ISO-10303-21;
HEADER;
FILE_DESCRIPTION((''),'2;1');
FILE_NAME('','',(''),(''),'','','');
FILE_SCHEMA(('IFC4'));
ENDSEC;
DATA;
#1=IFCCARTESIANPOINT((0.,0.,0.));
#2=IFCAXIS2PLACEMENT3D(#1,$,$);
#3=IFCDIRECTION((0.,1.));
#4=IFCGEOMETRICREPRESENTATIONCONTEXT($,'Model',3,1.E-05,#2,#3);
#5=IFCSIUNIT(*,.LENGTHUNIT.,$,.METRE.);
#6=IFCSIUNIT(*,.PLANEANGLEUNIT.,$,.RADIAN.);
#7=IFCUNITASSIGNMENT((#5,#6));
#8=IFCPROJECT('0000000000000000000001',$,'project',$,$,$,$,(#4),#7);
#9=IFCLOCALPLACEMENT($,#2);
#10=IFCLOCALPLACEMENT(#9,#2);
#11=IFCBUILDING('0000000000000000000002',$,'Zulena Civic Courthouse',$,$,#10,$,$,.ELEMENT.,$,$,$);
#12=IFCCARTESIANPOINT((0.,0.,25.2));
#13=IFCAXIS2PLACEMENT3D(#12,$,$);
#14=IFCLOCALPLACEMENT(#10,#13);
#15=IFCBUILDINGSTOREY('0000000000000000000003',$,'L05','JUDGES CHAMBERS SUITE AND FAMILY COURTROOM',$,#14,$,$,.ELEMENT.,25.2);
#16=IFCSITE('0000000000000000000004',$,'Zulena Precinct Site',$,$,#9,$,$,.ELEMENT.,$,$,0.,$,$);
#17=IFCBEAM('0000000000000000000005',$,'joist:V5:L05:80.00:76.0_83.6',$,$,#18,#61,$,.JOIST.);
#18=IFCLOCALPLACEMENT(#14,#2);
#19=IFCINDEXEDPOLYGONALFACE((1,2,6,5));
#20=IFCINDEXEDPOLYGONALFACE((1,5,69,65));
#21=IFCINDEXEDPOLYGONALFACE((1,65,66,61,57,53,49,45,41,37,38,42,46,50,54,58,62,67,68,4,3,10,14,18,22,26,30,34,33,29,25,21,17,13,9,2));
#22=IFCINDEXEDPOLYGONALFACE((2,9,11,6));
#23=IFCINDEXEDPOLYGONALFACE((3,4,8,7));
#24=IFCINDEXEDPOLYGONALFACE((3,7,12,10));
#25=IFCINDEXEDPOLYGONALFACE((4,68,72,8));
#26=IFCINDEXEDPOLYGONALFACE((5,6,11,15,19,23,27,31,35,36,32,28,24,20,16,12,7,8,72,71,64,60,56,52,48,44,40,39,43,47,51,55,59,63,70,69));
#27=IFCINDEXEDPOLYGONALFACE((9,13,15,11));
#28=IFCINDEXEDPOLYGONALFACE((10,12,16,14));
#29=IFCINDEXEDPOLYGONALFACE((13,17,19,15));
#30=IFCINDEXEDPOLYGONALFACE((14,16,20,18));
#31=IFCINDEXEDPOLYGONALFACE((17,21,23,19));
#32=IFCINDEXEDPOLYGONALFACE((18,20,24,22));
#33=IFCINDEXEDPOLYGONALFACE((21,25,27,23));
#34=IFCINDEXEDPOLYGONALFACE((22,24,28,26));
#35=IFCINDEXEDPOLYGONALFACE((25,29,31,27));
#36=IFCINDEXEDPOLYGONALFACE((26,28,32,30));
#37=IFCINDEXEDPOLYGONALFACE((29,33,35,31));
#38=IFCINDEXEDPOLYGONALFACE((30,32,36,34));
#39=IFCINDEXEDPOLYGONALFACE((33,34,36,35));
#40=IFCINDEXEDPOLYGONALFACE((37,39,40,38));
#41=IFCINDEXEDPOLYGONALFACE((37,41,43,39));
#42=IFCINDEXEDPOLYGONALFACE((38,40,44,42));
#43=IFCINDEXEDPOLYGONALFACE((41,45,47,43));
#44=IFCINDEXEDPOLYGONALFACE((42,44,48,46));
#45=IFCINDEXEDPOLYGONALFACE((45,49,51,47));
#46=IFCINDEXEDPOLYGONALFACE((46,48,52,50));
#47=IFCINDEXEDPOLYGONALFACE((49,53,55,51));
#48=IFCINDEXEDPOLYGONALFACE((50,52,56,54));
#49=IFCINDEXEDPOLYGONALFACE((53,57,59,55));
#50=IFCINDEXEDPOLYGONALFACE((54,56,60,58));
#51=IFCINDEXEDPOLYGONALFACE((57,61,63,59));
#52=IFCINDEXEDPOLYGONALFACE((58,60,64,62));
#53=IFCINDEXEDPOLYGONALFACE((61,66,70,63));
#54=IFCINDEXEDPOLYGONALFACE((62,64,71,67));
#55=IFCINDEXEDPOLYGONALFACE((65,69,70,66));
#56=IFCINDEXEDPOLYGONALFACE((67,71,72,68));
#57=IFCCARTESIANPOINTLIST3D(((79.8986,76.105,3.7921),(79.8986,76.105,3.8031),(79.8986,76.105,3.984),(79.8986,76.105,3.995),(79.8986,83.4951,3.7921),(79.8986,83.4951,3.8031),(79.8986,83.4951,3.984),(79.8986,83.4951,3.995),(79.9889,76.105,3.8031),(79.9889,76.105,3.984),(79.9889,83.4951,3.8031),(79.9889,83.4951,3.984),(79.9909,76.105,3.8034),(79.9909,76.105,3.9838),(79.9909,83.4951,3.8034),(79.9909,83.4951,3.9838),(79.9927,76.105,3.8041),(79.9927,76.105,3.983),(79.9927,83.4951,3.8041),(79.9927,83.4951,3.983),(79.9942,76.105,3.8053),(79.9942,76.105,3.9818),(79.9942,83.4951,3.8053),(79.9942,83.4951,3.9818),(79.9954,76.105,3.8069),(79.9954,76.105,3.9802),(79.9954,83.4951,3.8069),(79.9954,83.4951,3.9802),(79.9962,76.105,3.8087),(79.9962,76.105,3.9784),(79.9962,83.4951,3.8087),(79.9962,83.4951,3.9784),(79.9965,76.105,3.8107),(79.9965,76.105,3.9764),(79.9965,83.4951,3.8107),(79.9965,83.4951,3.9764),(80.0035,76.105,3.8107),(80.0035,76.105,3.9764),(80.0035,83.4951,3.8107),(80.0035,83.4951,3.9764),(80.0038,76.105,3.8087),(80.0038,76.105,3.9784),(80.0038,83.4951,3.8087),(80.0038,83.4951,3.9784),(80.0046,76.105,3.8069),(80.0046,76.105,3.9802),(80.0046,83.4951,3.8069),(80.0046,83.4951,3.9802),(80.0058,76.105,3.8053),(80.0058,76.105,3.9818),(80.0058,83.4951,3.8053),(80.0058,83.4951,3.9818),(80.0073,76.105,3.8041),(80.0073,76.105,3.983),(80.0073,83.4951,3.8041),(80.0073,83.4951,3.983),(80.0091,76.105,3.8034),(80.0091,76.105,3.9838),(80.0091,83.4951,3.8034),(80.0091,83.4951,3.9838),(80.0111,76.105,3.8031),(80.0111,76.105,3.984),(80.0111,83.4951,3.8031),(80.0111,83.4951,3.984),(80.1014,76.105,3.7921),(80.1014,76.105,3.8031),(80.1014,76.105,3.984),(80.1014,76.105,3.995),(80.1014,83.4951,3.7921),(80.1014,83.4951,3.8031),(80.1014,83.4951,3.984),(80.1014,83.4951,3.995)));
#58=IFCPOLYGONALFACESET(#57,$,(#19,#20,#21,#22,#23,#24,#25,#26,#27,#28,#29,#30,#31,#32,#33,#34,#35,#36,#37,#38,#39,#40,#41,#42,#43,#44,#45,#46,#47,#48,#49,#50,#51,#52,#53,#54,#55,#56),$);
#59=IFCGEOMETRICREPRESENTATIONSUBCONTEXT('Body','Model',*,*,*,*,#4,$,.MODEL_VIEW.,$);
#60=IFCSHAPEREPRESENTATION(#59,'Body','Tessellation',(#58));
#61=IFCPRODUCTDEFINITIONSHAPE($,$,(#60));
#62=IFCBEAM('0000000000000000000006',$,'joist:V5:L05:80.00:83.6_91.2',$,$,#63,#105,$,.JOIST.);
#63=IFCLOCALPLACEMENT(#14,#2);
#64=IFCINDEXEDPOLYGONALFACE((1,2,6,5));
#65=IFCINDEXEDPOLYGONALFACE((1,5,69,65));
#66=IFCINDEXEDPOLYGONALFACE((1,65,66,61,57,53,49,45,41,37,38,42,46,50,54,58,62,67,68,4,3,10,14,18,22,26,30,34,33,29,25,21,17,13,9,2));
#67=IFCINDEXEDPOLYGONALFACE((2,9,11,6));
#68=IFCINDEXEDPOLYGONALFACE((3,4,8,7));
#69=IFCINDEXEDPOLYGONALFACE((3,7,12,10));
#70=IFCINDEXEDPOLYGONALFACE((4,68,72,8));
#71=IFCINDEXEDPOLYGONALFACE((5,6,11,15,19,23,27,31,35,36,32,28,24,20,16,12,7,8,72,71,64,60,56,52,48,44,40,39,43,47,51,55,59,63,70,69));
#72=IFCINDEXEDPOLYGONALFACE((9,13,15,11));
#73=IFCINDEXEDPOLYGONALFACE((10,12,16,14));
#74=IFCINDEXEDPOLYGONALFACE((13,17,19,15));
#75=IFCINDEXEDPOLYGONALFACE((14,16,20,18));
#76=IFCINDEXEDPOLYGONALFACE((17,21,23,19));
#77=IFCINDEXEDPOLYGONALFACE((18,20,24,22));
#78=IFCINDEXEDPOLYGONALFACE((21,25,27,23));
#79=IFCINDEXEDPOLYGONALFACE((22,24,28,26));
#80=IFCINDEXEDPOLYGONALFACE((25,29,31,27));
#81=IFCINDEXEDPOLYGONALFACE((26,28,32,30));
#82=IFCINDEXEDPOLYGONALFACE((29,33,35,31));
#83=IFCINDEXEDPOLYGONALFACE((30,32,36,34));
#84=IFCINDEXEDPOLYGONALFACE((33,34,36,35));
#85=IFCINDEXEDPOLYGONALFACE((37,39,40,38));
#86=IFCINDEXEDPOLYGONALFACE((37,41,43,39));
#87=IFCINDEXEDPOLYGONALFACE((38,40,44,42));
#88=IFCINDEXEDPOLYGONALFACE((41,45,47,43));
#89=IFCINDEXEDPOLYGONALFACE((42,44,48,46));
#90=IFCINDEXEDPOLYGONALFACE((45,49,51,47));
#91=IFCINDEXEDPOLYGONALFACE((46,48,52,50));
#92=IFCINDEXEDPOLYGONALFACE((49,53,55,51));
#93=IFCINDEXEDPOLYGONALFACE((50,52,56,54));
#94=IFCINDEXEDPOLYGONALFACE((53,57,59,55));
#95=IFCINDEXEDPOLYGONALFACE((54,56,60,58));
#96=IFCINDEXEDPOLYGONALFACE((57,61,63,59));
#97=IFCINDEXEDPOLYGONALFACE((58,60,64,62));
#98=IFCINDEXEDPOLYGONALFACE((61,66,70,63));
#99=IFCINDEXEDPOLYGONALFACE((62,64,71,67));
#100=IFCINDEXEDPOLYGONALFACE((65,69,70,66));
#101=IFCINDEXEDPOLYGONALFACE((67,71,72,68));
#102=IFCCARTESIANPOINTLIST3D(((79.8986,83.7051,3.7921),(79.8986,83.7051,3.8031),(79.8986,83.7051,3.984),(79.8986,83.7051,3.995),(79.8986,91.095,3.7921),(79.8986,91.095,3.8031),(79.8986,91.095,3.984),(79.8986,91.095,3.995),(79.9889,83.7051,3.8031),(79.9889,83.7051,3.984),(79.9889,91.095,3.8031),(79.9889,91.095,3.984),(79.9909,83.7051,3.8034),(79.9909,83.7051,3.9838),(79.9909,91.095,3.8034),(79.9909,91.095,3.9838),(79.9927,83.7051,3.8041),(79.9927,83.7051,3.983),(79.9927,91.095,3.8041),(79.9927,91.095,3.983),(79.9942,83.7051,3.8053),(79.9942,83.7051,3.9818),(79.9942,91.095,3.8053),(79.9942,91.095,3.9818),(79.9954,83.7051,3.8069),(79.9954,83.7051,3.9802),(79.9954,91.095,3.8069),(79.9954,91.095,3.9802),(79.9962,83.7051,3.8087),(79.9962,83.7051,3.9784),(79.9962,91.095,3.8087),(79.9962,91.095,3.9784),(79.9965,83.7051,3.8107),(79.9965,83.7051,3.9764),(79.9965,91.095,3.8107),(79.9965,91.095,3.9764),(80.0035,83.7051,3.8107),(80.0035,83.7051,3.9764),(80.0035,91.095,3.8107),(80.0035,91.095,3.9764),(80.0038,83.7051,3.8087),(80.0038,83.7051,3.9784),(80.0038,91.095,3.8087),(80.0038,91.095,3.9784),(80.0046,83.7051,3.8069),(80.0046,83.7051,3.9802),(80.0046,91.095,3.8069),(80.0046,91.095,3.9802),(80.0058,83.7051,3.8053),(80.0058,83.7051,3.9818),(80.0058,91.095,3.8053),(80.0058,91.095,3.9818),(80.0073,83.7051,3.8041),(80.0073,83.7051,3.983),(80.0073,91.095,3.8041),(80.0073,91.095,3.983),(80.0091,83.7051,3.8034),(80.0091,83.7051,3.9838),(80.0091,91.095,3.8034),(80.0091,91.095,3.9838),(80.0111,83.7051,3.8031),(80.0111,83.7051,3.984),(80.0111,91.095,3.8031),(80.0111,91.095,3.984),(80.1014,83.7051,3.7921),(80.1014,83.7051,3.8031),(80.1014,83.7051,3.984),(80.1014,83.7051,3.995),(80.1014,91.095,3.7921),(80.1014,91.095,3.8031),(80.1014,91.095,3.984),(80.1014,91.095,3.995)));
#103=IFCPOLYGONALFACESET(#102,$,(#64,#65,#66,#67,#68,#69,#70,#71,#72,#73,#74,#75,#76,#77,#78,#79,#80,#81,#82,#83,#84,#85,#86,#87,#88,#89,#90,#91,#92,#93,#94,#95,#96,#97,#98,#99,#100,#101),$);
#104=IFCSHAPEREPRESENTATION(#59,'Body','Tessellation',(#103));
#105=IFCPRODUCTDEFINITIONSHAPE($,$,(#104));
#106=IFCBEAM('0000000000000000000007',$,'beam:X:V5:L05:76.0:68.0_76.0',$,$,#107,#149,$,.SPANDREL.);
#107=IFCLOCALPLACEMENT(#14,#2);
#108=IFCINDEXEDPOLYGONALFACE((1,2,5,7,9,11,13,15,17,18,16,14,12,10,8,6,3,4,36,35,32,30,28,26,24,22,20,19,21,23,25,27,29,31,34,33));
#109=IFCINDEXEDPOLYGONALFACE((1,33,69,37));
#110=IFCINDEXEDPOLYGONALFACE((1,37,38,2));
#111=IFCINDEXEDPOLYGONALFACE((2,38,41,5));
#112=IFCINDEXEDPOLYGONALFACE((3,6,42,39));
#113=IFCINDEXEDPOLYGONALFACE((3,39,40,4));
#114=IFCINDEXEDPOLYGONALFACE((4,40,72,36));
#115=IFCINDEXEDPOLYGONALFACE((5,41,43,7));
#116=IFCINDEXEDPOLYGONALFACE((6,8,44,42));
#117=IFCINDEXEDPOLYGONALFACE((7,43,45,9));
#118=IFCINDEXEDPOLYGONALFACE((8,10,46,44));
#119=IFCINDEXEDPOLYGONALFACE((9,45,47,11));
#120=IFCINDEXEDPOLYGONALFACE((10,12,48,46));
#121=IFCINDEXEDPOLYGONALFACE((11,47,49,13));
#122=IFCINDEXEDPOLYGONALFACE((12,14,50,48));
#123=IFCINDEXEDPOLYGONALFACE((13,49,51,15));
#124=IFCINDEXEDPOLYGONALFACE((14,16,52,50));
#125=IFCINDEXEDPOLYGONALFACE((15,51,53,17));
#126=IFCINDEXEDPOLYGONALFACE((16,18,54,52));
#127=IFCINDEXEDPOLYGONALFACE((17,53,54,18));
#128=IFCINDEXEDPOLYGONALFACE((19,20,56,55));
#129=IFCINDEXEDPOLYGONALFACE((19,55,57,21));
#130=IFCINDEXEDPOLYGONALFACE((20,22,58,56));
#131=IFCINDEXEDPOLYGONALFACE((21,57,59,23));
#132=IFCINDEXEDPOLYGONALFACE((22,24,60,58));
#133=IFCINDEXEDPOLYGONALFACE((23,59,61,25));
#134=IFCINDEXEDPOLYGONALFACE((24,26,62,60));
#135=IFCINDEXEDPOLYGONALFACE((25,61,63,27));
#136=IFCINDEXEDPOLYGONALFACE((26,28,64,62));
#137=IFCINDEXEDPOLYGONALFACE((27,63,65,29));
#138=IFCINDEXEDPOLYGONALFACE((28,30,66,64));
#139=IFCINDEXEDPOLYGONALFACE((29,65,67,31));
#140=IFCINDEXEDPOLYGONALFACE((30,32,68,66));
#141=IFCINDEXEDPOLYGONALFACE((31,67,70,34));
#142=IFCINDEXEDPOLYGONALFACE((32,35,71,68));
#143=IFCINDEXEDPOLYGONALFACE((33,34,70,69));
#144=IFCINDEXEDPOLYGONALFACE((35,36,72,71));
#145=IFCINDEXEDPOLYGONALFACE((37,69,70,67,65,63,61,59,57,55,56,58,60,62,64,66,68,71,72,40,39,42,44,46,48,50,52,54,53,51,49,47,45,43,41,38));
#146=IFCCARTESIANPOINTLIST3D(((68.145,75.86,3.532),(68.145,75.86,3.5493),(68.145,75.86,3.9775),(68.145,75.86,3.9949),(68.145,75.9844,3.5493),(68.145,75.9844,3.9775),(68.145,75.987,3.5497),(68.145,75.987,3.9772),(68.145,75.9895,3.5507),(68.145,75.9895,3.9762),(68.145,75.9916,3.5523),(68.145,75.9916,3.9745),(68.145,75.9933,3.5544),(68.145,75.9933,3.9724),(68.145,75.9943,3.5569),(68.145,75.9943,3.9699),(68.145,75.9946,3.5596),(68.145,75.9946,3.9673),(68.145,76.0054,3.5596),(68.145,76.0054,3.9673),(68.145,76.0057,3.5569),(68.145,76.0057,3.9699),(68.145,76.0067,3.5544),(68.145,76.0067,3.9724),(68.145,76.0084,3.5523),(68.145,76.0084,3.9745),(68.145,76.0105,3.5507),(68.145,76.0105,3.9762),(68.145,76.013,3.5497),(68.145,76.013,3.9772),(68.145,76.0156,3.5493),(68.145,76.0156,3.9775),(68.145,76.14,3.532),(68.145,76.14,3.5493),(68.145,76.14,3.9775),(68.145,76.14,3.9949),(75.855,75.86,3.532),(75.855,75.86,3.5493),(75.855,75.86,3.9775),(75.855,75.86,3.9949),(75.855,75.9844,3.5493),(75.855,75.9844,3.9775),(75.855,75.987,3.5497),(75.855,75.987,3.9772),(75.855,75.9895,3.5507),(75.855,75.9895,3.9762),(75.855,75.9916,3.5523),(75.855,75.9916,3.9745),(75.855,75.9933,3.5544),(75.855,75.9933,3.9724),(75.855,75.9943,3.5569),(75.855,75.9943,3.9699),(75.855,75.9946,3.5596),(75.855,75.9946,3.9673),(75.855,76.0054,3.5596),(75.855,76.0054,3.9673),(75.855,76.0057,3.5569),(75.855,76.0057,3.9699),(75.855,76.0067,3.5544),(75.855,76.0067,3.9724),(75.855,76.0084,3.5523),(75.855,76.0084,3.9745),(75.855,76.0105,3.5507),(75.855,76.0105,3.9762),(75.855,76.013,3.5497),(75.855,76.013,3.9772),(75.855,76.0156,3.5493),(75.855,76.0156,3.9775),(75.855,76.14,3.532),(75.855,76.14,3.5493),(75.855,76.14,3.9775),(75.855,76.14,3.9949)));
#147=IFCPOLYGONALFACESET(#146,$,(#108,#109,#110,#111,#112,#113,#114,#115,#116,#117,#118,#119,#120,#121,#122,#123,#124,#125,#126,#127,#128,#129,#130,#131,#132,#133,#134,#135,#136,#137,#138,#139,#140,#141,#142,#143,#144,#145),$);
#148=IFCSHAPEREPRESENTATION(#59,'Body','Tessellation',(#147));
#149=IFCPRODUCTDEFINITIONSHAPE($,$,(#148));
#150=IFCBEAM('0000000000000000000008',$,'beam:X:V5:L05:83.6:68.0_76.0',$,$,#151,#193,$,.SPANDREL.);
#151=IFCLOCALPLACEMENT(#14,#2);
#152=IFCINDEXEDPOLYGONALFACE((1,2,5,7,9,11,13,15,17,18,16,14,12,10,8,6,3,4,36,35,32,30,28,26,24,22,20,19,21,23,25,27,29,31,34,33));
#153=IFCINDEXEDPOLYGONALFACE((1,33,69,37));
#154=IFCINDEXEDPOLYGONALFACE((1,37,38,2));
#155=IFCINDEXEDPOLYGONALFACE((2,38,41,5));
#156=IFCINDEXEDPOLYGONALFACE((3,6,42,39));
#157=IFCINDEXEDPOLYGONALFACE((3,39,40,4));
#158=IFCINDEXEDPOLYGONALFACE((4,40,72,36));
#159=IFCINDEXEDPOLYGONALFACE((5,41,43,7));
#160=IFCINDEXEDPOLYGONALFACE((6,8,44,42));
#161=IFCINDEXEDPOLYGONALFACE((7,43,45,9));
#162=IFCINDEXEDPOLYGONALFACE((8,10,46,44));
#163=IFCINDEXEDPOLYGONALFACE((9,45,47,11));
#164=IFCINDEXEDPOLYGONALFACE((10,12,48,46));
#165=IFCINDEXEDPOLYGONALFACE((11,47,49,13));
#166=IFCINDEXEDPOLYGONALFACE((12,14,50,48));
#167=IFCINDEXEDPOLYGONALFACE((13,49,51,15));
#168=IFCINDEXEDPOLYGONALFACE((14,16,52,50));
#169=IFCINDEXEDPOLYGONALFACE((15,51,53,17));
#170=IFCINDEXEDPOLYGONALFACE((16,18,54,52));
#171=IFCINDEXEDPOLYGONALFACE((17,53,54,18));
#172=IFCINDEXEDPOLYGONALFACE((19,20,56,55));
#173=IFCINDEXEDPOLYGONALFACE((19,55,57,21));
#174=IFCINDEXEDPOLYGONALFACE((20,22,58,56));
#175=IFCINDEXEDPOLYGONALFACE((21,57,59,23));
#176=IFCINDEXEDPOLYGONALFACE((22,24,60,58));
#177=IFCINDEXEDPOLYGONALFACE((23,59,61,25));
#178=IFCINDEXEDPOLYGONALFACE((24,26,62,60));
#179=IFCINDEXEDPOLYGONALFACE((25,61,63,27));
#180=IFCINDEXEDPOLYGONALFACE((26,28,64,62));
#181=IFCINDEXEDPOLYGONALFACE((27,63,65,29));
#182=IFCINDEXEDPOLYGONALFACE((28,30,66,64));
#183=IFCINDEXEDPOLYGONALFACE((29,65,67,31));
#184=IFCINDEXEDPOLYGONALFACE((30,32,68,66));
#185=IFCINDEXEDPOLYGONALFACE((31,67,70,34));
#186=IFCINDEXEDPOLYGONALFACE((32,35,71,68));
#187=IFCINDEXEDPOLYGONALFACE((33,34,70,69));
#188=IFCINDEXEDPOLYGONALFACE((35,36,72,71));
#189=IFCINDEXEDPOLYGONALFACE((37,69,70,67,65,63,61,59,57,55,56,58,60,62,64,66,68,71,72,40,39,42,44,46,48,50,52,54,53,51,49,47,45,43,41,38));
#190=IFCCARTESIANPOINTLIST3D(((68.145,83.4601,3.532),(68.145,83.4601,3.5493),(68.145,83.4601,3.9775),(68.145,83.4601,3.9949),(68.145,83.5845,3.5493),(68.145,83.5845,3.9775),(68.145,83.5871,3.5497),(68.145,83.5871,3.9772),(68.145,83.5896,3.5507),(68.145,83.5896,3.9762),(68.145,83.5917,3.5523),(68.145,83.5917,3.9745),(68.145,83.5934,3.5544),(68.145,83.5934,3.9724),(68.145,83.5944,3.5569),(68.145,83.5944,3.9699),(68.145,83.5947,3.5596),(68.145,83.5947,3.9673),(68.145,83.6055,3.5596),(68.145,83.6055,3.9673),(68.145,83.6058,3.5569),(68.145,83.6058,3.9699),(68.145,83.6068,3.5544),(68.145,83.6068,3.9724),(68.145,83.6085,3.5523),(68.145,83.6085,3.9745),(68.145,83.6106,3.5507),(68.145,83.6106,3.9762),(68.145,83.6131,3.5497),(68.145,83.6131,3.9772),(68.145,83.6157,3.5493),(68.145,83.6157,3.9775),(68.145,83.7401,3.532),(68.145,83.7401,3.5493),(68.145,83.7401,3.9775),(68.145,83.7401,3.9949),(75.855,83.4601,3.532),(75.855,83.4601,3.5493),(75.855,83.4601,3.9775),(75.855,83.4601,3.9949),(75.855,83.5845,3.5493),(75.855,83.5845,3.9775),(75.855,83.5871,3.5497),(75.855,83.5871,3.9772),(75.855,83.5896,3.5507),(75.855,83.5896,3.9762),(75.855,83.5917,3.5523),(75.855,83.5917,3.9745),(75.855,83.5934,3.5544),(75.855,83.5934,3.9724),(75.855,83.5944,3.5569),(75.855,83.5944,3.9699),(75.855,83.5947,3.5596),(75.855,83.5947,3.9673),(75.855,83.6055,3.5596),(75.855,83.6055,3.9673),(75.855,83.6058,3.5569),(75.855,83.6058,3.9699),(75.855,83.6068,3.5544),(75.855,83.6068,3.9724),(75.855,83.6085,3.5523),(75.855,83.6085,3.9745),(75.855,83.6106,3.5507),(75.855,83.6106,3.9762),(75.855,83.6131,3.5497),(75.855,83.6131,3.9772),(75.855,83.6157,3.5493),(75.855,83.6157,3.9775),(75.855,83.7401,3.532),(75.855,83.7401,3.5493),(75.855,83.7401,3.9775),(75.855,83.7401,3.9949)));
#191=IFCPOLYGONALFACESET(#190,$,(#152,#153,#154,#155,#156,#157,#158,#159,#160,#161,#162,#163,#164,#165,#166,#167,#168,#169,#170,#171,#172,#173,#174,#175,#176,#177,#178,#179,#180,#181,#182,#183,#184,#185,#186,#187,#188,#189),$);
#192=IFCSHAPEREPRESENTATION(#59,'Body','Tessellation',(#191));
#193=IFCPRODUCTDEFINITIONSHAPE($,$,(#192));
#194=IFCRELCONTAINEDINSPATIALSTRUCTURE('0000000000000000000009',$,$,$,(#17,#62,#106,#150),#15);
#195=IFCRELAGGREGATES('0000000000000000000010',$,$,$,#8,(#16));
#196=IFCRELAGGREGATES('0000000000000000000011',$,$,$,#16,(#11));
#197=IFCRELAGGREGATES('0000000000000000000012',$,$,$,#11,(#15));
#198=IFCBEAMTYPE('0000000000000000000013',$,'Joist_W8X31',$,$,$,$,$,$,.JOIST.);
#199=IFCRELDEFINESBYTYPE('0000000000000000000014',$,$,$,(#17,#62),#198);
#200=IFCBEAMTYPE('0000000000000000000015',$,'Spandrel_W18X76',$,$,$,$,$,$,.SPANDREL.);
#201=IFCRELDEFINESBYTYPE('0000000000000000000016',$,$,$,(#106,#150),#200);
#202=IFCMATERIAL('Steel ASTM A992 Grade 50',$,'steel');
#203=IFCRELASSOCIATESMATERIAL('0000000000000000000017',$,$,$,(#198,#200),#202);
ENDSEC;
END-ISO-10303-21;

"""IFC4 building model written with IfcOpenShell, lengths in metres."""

from ifc_helpers import new_model, si_unit, direction, frame, origin, origin_2d, place, context, subcontext, project, spatial, i_section, extrude, material, material_profile, profile_set, type_object, element, save


model = new_model("IFC4")

# Units and contexts
model_context = context("Model", 3, precision=1e-05, world=origin(), true_north=direction((0.0, 1.0)))
body_context = subcontext(model_context, "Body", "Model", "MODEL_VIEW")
ifc_project = project(units=[si_unit("LENGTHUNIT", "METRE"), si_unit("PLANEANGLEUNIT", "RADIAN")], contexts=[model_context])

# Site, building, storey
site_placement = place(None, origin())
site = spatial("IfcSite", under=ifc_project, at=site_placement, Name="Zulena Precinct Site", CompositionType="ELEMENT", RefElevation=0.0)
building_placement = place(site_placement, origin())
building = spatial("IfcBuilding", under=site, at=building_placement, Name="Zulena Civic Courthouse", CompositionType="ELEMENT")
storey_placement = place(building_placement, frame((0.0, 0.0, 25.2)))
storey = spatial("IfcBuildingStorey", under=building, at=storey_placement, Name="L05", Description="JUDGES CHAMBERS SUITE AND FAMILY COURTROOM", CompositionType="ELEMENT", Elevation=25.2)

# Shared definitions
ifc_material_1 = material(Name="Steel ASTM A992 Grade 50", Category="steel")

# Beams
ifc_material_profile_1 = material_profile(ifc_material_1, i_section(OverallWidth=0.2029, OverallDepth=0.2029, WebThickness=0.0071, FlangeThickness=0.011, FilletRadius=0.0076, at=origin_2d()), Name="W8X31")
ifc_profile_set_1 = profile_set([ifc_material_profile_1], Name="Steel ASTM A992 Grade 50")
beam_type_1 = type_object("IfcBeamType", Name="Joist_W8X31", PredefinedType="JOIST", material=ifc_profile_set_1)
beam_1_placement = place(storey_placement, frame((80.0, 76.105, 3.8936), z_axis=(0.0, 1.0, 0.0), x_axis=(-1.0, 0.0, 0.0)))
element("IfcBeam", 1, at=beam_1_placement, inside=storey, type_object=beam_type_1, Name="joist:V5:L05:80.00:76.0_83.6", PredefinedType="JOIST", context=body_context, shape_type="SweptSolid", body=[
    extrude(i_section(OverallWidth=0.2029, OverallDepth=0.2029, WebThickness=0.0071, FlangeThickness=0.011, FilletRadius=0.0076, at=origin_2d()), origin(), (0.0, 0.0, 1.0), 7.3901),
])
beam_2_placement = place(storey_placement, frame((80.0, 83.7051, 3.8936), z_axis=(0.0, 1.0, 0.0), x_axis=(-1.0, 0.0, 0.0)))
element("IfcBeam", 2, at=beam_2_placement, inside=storey, type_object=beam_type_1, Name="joist:V5:L05:80.00:83.6_91.2", PredefinedType="JOIST", context=body_context, shape_type="SweptSolid", body=[
    extrude(i_section(OverallWidth=0.2029, OverallDepth=0.2029, WebThickness=0.0071, FlangeThickness=0.011, FilletRadius=0.0076, at=origin_2d()), origin(), (0.0, 0.0, 1.0), 7.3899),
])
ifc_material_profile_2 = material_profile(ifc_material_1, i_section(OverallWidth=0.28, OverallDepth=0.4629, WebThickness=0.0107, FlangeThickness=0.0173, FilletRadius=0.0103, at=origin_2d()), Name="W18X76")
ifc_profile_set_2 = profile_set([ifc_material_profile_2], Name="Steel ASTM A992 Grade 50")
beam_type_2 = type_object("IfcBeamType", Name="Spandrel_W18X76", PredefinedType="SPANDREL", material=ifc_profile_set_2)
for number, where, z_axis, x_axis, name in (
    (3, (68.145, 76.0, 3.7634), (1.0, 0.0, 0.0), (0.0, 1.0, 0.0), "beam:X:V5:L05:76.0:68.0_76.0"),
    (4, (68.145, 83.6001, 3.7634), (1.0, 0.0, 0.0), (0.0, 1.0, 0.0), "beam:X:V5:L05:83.6:68.0_76.0"),
):
    element("IfcBeam", number, at=place(storey_placement, frame(where, z_axis=z_axis, x_axis=x_axis)), inside=storey, type_object=beam_type_2, Name=name, PredefinedType="SPANDREL", context=body_context, shape_type="SweptSolid", body=[
        extrude(i_section(OverallWidth=0.28, OverallDepth=0.4629, WebThickness=0.0107, FlangeThickness=0.0173, FilletRadius=0.0103, at=origin_2d()), origin(), (0.0, 0.0, 1.0), 7.71),
    ])

save(model, "model.ifc")
